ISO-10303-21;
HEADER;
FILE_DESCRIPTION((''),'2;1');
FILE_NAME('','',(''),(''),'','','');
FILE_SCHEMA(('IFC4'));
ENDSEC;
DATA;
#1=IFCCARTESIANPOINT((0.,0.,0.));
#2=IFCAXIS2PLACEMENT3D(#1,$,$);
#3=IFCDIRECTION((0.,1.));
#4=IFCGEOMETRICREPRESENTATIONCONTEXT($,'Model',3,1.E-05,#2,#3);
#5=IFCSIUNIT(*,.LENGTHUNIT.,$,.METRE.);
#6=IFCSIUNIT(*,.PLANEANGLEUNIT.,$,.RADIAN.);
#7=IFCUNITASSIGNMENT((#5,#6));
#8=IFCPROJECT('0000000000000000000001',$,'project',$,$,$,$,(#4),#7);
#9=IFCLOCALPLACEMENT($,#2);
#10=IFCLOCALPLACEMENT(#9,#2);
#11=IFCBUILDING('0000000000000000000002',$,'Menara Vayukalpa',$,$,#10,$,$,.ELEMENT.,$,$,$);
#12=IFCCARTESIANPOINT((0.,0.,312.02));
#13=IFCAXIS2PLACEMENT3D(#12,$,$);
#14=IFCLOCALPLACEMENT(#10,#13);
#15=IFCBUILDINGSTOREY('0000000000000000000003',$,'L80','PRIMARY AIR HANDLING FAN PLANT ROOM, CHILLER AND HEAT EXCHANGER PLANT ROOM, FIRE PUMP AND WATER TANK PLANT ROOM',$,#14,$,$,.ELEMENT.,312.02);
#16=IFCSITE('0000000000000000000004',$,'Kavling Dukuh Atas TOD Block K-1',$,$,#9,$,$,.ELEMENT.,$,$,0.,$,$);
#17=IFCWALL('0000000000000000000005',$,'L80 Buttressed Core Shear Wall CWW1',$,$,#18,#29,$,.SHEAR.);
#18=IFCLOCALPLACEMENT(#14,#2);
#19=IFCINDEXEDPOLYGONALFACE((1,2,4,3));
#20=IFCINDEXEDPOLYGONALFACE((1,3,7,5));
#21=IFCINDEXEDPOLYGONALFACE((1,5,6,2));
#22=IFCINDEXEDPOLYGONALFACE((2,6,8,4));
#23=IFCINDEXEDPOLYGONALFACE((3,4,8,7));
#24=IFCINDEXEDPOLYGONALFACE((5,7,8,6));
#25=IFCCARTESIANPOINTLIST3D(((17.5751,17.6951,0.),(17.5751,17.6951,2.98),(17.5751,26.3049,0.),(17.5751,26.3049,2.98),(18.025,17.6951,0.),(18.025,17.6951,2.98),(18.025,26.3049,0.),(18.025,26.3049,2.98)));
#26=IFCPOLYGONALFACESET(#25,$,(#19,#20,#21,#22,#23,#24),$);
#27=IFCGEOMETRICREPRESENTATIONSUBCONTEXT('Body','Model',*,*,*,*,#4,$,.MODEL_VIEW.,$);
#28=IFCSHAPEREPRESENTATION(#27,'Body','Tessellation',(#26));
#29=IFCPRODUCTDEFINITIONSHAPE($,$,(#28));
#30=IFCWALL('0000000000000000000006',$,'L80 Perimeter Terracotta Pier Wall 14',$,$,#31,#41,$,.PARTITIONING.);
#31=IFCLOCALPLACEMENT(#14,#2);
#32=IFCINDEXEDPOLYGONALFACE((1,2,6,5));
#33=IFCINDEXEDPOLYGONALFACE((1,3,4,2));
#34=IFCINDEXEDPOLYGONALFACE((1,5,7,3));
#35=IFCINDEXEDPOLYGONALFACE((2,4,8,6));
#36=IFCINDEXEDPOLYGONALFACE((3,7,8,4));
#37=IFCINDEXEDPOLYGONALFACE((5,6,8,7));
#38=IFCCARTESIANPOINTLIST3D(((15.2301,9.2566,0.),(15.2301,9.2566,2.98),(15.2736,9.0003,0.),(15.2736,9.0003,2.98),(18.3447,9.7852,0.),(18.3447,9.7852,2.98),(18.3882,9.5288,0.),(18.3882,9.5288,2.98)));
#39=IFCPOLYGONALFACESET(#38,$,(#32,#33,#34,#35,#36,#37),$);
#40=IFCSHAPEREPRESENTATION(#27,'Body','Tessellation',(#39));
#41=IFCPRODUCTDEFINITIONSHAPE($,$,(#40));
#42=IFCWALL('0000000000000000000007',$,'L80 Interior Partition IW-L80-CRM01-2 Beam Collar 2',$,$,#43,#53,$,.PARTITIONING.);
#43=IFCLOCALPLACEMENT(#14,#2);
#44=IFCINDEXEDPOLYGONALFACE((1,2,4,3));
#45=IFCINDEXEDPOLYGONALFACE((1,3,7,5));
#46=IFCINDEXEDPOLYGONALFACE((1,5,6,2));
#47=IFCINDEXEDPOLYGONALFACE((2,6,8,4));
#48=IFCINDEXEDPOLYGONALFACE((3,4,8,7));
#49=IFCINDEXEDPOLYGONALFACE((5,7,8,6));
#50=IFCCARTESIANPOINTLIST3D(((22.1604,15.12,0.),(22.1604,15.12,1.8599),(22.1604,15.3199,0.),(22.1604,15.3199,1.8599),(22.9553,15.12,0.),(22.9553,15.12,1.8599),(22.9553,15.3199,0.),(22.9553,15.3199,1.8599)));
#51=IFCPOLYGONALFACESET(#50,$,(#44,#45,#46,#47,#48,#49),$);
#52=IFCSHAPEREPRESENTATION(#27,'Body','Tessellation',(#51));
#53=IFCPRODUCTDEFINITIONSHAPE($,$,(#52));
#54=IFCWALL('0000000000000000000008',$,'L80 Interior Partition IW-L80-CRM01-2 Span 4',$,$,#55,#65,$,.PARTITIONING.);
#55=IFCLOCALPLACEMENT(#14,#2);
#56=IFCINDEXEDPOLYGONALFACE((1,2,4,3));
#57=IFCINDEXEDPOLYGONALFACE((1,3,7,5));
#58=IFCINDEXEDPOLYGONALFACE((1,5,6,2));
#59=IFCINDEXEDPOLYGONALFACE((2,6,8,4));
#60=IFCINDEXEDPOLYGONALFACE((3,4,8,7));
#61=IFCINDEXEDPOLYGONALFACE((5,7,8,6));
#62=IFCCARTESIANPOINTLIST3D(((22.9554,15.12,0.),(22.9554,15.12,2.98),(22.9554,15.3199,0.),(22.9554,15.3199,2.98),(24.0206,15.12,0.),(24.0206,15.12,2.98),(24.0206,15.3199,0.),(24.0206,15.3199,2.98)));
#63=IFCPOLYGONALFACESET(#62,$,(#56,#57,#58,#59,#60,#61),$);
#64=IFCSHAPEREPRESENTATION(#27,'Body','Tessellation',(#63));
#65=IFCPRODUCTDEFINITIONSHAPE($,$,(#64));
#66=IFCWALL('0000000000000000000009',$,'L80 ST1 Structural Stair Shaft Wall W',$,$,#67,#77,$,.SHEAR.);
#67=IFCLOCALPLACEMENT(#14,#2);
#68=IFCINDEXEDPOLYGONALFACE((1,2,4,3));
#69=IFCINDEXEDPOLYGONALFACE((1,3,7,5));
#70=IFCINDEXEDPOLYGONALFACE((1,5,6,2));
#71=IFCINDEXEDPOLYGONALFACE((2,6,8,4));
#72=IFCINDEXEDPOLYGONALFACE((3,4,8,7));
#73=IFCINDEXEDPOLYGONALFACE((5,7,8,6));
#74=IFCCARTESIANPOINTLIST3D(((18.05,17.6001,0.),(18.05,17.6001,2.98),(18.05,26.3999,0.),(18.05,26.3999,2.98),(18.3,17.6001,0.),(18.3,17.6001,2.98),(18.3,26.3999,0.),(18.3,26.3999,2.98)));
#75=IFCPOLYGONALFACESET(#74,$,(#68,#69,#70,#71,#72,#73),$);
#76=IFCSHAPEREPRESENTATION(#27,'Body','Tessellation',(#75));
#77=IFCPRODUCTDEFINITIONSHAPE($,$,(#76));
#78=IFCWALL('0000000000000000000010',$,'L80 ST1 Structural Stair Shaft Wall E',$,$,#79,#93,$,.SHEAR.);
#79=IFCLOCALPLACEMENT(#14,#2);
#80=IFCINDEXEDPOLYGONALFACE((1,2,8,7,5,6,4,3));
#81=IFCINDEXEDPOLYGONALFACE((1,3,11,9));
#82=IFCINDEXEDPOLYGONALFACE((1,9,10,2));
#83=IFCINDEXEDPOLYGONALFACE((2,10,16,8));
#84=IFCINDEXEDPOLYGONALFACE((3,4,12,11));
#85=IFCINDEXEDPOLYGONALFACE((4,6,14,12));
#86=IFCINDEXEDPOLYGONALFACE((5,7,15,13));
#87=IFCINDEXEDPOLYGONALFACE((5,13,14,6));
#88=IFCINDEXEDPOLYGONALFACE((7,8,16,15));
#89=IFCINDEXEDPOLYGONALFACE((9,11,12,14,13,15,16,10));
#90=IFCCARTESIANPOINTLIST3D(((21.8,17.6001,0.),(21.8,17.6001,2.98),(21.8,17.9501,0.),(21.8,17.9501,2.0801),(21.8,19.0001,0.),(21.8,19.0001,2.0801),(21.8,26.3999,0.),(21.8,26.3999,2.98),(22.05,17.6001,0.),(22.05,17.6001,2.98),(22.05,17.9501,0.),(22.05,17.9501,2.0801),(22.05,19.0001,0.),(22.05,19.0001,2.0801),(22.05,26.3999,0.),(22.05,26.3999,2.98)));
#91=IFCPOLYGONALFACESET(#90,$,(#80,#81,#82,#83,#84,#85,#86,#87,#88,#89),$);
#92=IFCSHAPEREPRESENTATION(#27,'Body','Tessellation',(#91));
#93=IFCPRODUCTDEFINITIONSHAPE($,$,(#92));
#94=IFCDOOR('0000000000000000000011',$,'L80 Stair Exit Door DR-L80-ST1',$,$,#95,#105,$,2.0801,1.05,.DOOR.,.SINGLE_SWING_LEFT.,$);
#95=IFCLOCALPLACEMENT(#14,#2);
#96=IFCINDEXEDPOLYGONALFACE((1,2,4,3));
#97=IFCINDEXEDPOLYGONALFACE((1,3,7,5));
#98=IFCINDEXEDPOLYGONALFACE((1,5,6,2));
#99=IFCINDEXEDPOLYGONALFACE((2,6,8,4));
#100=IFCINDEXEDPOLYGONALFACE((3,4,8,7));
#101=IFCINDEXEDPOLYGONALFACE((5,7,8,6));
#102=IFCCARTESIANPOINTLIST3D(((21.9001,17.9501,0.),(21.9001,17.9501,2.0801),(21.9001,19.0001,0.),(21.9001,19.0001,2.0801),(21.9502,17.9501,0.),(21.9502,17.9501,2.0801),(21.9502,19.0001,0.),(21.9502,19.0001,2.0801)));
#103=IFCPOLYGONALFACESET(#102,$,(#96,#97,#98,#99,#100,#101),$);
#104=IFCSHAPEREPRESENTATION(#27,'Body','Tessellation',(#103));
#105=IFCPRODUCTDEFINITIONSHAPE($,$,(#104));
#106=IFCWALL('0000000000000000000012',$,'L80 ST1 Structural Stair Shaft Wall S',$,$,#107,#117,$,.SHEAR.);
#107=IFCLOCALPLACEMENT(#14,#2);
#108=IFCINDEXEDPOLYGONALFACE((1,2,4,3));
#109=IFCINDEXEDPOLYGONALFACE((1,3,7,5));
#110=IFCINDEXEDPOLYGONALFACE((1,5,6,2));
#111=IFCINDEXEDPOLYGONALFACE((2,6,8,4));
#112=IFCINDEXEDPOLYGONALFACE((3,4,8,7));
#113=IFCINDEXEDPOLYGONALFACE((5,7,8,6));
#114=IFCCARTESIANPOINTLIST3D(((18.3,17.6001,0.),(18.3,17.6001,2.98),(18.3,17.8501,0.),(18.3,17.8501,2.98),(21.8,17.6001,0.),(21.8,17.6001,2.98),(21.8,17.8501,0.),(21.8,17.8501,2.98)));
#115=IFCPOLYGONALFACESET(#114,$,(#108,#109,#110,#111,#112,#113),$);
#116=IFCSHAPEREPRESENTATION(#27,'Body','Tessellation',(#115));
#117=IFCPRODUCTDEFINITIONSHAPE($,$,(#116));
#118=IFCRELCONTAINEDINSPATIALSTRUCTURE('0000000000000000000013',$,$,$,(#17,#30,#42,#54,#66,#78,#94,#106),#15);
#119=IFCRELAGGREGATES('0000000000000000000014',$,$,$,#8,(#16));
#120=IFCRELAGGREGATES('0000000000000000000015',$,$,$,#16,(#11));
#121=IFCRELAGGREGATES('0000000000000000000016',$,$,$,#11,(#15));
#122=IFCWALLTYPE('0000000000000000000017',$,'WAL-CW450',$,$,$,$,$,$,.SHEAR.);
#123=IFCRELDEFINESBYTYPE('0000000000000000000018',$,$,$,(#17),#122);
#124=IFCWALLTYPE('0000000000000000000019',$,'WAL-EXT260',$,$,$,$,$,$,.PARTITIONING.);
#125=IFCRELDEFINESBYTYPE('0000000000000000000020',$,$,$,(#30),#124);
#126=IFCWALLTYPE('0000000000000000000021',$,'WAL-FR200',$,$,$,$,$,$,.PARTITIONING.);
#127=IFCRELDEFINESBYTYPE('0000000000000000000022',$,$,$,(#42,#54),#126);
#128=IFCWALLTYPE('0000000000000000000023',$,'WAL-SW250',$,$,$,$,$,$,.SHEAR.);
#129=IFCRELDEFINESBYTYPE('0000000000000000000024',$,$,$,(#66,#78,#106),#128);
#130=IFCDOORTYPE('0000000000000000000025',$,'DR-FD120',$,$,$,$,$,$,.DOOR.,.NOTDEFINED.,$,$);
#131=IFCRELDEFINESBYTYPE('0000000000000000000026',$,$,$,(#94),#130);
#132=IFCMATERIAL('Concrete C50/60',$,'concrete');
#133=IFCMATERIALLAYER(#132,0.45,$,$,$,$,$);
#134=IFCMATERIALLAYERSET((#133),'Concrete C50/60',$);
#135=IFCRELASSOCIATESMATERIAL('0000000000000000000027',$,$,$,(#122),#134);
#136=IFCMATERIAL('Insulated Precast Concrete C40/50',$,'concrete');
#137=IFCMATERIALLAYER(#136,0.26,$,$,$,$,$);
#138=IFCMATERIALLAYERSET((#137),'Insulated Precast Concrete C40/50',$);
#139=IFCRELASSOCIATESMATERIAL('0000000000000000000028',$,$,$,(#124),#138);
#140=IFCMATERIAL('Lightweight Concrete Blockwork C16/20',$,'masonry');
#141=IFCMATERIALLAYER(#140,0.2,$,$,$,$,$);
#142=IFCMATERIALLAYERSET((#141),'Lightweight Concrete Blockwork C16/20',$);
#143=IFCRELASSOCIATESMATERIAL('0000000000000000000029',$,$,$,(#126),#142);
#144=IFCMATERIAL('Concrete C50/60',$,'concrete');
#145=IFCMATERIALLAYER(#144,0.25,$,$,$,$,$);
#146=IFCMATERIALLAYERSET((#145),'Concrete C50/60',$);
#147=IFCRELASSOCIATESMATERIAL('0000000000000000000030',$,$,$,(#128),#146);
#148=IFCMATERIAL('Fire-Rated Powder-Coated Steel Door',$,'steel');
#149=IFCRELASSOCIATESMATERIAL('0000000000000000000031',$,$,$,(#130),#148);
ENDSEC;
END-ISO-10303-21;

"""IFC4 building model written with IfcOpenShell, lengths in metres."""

from ifc_helpers import new_model, si_unit, direction, frame, frame_2d, origin, place, context, subcontext, project, spatial, rectangle, extrude, material, layer, layer_set, type_object, element, fill, save


model = new_model("IFC4")

# Units and contexts
model_context = context("Model", 3, precision=1e-05, world=origin(), true_north=direction((0.0, 1.0)))
body_context = subcontext(model_context, "Body", "Model", "MODEL_VIEW")
ifc_project = project(units=[si_unit("LENGTHUNIT", "METRE"), si_unit("PLANEANGLEUNIT", "RADIAN")], contexts=[model_context])

# Site, building, storey
site_placement = place(None, origin())
site = spatial("IfcSite", under=ifc_project, at=site_placement, Name="Kavling Dukuh Atas TOD Block K-1", CompositionType="ELEMENT", RefElevation=0.0)
building_placement = place(site_placement, origin())
building = spatial("IfcBuilding", under=site, at=building_placement, Name="Menara Vayukalpa", CompositionType="ELEMENT")
storey_placement = place(building_placement, frame((0.0, 0.0, 312.02)))
storey = spatial("IfcBuildingStorey", under=building, at=storey_placement, Name="L80", Description="PRIMARY AIR HANDLING FAN PLANT ROOM, CHILLER AND HEAT EXCHANGER PLANT ROOM, FIRE PUMP AND WATER TANK PLANT ROOM", CompositionType="ELEMENT", Elevation=312.02)

# Walls
ifc_material_1 = material(Name="Concrete C50/60", Category="concrete")
ifc_layer_1 = layer(ifc_material_1, 0.45)
ifc_layer_set_1 = layer_set([ifc_layer_1], Name="Concrete C50/60")
wall_type_1 = type_object("IfcWallType", Name="WAL-CW450", PredefinedType="SHEAR", material=ifc_layer_set_1)
wall_1_placement = place(storey_placement, frame((17.8, 17.6951, 0.0), z_axis=(0.0, 0.0, 1.0), x_axis=(0.0, 1.0, 0.0)))
element("IfcWall", 1, at=wall_1_placement, inside=storey, type_object=wall_type_1, Name="L80 Buttressed Core Shear Wall CWW1", PredefinedType="SHEAR", context=body_context, shape_type="SweptSolid", body=[
    extrude(rectangle(XDim=8.6099, YDim=0.45, at=frame_2d((4.3049, 0.0))), origin(), (0.0, 0.0, 1.0), 2.98),
])
ifc_material_2 = material(Name="Insulated Precast Concrete C40/50", Category="concrete")
ifc_layer_2 = layer(ifc_material_2, 0.26)
ifc_layer_set_2 = layer_set([ifc_layer_2], Name="Insulated Precast Concrete C40/50")
wall_type_2 = type_object("IfcWallType", Name="WAL-EXT260", PredefinedType="PARTITIONING", material=ifc_layer_set_2)
wall_2_placement = place(storey_placement, frame((18.3665, 9.657, 0.0), z_axis=(0.0, 0.0, 1.0), x_axis=(-0.985905, -0.167306, 0.0)))
element("IfcWall", 2, at=wall_2_placement, inside=storey, type_object=wall_type_2, Name="L80 Perimeter Terracotta Pier Wall 14", PredefinedType="PARTITIONING", context=body_context, shape_type="SweptSolid", body=[
    extrude(rectangle(XDim=3.1592, YDim=0.26, at=frame_2d((1.5796, 0.0))), origin(), (0.0, 0.0, 1.0), 2.98),
])
ifc_material_3 = material(Name="Lightweight Concrete Blockwork C16/20", Category="masonry")
ifc_layer_3 = layer(ifc_material_3, 0.2)
ifc_layer_set_3 = layer_set([ifc_layer_3], Name="Lightweight Concrete Blockwork C16/20")
wall_type_3 = type_object("IfcWallType", Name="WAL-FR200", PredefinedType="PARTITIONING", material=ifc_layer_set_3)
wall_3_placement = place(storey_placement, frame((22.1604, 15.22, 0.0), z_axis=(0.0, 0.0, 1.0), x_axis=(1.0, 0.0, 0.0)))
element("IfcWall", 3, at=wall_3_placement, inside=storey, type_object=wall_type_3, Name="L80 Interior Partition IW-L80-CRM01-2 Beam Collar 2", PredefinedType="PARTITIONING", context=body_context, shape_type="SweptSolid", body=[
    extrude(rectangle(XDim=0.7949, YDim=0.2, at=frame_2d((0.3975, 0.0))), origin(), (0.0, 0.0, 1.0), 1.8599),
])
wall_4_placement = place(storey_placement, frame((22.9553, 15.22, 0.0), z_axis=(0.0, 0.0, 1.0), x_axis=(1.0, 0.0, 0.0)))
element("IfcWall", 4, at=wall_4_placement, inside=storey, type_object=wall_type_3, Name="L80 Interior Partition IW-L80-CRM01-2 Span 4", PredefinedType="PARTITIONING", context=body_context, shape_type="SweptSolid", body=[
    extrude(rectangle(XDim=1.0652, YDim=0.2, at=frame_2d((0.5327, 0.0))), origin(), (0.0, 0.0, 1.0), 2.98),
])
ifc_material_4 = material(Name="Concrete C50/60", Category="concrete")
ifc_layer_4 = layer(ifc_material_4, 0.25)
ifc_layer_set_4 = layer_set([ifc_layer_4], Name="Concrete C50/60")
wall_type_4 = type_object("IfcWallType", Name="WAL-SW250", PredefinedType="SHEAR", material=ifc_layer_set_4)
wall_5_placement = place(storey_placement, frame((18.175, 17.6001, 0.0), z_axis=(0.0, 0.0, 1.0), x_axis=(0.0, 1.0, 0.0)))
element("IfcWall", 5, at=wall_5_placement, inside=storey, type_object=wall_type_4, Name="L80 ST1 Structural Stair Shaft Wall W", PredefinedType="SHEAR", context=body_context, shape_type="SweptSolid", body=[
    extrude(rectangle(XDim=8.7998, YDim=0.25, at=frame_2d((4.3999, 0.0))), origin(), (0.0, 0.0, 1.0), 2.98),
])

# Wall, opening, door
wall_6_placement = place(storey_placement, frame((21.925, 17.6001, 0.0), z_axis=(0.0, 0.0, 1.0), x_axis=(0.0, 1.0, 0.0)))
wall_6 = element("IfcWall", 6, at=wall_6_placement, inside=storey, type_object=wall_type_4, Name="L80 ST1 Structural Stair Shaft Wall E", PredefinedType="SHEAR", context=body_context, shape_type="SweptSolid", body=[
    extrude(rectangle(XDim=8.7998, YDim=0.25, at=frame_2d((4.3999, 0.0))), origin(), (0.0, 0.0, 1.0), 2.98),
])
opening_placement = place(wall_6_placement, frame((0.3501, 0.0, 0.0)))
opening = element("IfcOpeningElement", 7, at=opening_placement, cuts=wall_6, PredefinedType="OPENING", context=body_context, shape_type="SweptSolid", body=[
    extrude(rectangle(XDim=1.05, YDim=2.0801, at=frame_2d((0.5249, 1.04))), frame((0.0, 0.135, 0.0), z_axis=(0.0, -1.0, 0.0), x_axis=(1.0, 0.0, 0.0)), (0.0, 0.0, 1.0), 0.27),
])
ifc_material_5 = material(Name="Fire-Rated Powder-Coated Steel Door", Category="steel")
door_type = type_object("IfcDoorType", Name="DR-FD120", OperationType="NOTDEFINED", PredefinedType="DOOR", material=ifc_material_5)
door_placement = place(opening_placement, origin())
door = element("IfcDoor", 8, at=door_placement, inside=storey, type_object=door_type, Name="L80 Stair Exit Door DR-L80-ST1", OperationType="SINGLE_SWING_LEFT", OverallHeight=2.0801, OverallWidth=1.05, PredefinedType="DOOR", context=body_context, shape_type="SweptSolid", body=[
    extrude(rectangle(XDim=1.05, YDim=2.0801, at=frame_2d((0.5249, 1.04))), frame((0.0, 0.0249, 0.0), z_axis=(0.0, -1.0, 0.0), x_axis=(1.0, 0.0, 0.0)), (0.0, 0.0, 1.0), 0.05),
])
fill(opening, door)

# Wall
wall_7_placement = place(storey_placement, frame((18.3, 17.7251, 0.0), z_axis=(0.0, 0.0, 1.0), x_axis=(1.0, 0.0, 0.0)))
element("IfcWall", 9, at=wall_7_placement, inside=storey, type_object=wall_type_4, Name="L80 ST1 Structural Stair Shaft Wall S", PredefinedType="SHEAR", context=body_context, shape_type="SweptSolid", body=[
    extrude(rectangle(XDim=3.5, YDim=0.25, at=frame_2d((1.75, 0.0))), origin(), (0.0, 0.0, 1.0), 2.98),
])

save(model, "model.ifc")
